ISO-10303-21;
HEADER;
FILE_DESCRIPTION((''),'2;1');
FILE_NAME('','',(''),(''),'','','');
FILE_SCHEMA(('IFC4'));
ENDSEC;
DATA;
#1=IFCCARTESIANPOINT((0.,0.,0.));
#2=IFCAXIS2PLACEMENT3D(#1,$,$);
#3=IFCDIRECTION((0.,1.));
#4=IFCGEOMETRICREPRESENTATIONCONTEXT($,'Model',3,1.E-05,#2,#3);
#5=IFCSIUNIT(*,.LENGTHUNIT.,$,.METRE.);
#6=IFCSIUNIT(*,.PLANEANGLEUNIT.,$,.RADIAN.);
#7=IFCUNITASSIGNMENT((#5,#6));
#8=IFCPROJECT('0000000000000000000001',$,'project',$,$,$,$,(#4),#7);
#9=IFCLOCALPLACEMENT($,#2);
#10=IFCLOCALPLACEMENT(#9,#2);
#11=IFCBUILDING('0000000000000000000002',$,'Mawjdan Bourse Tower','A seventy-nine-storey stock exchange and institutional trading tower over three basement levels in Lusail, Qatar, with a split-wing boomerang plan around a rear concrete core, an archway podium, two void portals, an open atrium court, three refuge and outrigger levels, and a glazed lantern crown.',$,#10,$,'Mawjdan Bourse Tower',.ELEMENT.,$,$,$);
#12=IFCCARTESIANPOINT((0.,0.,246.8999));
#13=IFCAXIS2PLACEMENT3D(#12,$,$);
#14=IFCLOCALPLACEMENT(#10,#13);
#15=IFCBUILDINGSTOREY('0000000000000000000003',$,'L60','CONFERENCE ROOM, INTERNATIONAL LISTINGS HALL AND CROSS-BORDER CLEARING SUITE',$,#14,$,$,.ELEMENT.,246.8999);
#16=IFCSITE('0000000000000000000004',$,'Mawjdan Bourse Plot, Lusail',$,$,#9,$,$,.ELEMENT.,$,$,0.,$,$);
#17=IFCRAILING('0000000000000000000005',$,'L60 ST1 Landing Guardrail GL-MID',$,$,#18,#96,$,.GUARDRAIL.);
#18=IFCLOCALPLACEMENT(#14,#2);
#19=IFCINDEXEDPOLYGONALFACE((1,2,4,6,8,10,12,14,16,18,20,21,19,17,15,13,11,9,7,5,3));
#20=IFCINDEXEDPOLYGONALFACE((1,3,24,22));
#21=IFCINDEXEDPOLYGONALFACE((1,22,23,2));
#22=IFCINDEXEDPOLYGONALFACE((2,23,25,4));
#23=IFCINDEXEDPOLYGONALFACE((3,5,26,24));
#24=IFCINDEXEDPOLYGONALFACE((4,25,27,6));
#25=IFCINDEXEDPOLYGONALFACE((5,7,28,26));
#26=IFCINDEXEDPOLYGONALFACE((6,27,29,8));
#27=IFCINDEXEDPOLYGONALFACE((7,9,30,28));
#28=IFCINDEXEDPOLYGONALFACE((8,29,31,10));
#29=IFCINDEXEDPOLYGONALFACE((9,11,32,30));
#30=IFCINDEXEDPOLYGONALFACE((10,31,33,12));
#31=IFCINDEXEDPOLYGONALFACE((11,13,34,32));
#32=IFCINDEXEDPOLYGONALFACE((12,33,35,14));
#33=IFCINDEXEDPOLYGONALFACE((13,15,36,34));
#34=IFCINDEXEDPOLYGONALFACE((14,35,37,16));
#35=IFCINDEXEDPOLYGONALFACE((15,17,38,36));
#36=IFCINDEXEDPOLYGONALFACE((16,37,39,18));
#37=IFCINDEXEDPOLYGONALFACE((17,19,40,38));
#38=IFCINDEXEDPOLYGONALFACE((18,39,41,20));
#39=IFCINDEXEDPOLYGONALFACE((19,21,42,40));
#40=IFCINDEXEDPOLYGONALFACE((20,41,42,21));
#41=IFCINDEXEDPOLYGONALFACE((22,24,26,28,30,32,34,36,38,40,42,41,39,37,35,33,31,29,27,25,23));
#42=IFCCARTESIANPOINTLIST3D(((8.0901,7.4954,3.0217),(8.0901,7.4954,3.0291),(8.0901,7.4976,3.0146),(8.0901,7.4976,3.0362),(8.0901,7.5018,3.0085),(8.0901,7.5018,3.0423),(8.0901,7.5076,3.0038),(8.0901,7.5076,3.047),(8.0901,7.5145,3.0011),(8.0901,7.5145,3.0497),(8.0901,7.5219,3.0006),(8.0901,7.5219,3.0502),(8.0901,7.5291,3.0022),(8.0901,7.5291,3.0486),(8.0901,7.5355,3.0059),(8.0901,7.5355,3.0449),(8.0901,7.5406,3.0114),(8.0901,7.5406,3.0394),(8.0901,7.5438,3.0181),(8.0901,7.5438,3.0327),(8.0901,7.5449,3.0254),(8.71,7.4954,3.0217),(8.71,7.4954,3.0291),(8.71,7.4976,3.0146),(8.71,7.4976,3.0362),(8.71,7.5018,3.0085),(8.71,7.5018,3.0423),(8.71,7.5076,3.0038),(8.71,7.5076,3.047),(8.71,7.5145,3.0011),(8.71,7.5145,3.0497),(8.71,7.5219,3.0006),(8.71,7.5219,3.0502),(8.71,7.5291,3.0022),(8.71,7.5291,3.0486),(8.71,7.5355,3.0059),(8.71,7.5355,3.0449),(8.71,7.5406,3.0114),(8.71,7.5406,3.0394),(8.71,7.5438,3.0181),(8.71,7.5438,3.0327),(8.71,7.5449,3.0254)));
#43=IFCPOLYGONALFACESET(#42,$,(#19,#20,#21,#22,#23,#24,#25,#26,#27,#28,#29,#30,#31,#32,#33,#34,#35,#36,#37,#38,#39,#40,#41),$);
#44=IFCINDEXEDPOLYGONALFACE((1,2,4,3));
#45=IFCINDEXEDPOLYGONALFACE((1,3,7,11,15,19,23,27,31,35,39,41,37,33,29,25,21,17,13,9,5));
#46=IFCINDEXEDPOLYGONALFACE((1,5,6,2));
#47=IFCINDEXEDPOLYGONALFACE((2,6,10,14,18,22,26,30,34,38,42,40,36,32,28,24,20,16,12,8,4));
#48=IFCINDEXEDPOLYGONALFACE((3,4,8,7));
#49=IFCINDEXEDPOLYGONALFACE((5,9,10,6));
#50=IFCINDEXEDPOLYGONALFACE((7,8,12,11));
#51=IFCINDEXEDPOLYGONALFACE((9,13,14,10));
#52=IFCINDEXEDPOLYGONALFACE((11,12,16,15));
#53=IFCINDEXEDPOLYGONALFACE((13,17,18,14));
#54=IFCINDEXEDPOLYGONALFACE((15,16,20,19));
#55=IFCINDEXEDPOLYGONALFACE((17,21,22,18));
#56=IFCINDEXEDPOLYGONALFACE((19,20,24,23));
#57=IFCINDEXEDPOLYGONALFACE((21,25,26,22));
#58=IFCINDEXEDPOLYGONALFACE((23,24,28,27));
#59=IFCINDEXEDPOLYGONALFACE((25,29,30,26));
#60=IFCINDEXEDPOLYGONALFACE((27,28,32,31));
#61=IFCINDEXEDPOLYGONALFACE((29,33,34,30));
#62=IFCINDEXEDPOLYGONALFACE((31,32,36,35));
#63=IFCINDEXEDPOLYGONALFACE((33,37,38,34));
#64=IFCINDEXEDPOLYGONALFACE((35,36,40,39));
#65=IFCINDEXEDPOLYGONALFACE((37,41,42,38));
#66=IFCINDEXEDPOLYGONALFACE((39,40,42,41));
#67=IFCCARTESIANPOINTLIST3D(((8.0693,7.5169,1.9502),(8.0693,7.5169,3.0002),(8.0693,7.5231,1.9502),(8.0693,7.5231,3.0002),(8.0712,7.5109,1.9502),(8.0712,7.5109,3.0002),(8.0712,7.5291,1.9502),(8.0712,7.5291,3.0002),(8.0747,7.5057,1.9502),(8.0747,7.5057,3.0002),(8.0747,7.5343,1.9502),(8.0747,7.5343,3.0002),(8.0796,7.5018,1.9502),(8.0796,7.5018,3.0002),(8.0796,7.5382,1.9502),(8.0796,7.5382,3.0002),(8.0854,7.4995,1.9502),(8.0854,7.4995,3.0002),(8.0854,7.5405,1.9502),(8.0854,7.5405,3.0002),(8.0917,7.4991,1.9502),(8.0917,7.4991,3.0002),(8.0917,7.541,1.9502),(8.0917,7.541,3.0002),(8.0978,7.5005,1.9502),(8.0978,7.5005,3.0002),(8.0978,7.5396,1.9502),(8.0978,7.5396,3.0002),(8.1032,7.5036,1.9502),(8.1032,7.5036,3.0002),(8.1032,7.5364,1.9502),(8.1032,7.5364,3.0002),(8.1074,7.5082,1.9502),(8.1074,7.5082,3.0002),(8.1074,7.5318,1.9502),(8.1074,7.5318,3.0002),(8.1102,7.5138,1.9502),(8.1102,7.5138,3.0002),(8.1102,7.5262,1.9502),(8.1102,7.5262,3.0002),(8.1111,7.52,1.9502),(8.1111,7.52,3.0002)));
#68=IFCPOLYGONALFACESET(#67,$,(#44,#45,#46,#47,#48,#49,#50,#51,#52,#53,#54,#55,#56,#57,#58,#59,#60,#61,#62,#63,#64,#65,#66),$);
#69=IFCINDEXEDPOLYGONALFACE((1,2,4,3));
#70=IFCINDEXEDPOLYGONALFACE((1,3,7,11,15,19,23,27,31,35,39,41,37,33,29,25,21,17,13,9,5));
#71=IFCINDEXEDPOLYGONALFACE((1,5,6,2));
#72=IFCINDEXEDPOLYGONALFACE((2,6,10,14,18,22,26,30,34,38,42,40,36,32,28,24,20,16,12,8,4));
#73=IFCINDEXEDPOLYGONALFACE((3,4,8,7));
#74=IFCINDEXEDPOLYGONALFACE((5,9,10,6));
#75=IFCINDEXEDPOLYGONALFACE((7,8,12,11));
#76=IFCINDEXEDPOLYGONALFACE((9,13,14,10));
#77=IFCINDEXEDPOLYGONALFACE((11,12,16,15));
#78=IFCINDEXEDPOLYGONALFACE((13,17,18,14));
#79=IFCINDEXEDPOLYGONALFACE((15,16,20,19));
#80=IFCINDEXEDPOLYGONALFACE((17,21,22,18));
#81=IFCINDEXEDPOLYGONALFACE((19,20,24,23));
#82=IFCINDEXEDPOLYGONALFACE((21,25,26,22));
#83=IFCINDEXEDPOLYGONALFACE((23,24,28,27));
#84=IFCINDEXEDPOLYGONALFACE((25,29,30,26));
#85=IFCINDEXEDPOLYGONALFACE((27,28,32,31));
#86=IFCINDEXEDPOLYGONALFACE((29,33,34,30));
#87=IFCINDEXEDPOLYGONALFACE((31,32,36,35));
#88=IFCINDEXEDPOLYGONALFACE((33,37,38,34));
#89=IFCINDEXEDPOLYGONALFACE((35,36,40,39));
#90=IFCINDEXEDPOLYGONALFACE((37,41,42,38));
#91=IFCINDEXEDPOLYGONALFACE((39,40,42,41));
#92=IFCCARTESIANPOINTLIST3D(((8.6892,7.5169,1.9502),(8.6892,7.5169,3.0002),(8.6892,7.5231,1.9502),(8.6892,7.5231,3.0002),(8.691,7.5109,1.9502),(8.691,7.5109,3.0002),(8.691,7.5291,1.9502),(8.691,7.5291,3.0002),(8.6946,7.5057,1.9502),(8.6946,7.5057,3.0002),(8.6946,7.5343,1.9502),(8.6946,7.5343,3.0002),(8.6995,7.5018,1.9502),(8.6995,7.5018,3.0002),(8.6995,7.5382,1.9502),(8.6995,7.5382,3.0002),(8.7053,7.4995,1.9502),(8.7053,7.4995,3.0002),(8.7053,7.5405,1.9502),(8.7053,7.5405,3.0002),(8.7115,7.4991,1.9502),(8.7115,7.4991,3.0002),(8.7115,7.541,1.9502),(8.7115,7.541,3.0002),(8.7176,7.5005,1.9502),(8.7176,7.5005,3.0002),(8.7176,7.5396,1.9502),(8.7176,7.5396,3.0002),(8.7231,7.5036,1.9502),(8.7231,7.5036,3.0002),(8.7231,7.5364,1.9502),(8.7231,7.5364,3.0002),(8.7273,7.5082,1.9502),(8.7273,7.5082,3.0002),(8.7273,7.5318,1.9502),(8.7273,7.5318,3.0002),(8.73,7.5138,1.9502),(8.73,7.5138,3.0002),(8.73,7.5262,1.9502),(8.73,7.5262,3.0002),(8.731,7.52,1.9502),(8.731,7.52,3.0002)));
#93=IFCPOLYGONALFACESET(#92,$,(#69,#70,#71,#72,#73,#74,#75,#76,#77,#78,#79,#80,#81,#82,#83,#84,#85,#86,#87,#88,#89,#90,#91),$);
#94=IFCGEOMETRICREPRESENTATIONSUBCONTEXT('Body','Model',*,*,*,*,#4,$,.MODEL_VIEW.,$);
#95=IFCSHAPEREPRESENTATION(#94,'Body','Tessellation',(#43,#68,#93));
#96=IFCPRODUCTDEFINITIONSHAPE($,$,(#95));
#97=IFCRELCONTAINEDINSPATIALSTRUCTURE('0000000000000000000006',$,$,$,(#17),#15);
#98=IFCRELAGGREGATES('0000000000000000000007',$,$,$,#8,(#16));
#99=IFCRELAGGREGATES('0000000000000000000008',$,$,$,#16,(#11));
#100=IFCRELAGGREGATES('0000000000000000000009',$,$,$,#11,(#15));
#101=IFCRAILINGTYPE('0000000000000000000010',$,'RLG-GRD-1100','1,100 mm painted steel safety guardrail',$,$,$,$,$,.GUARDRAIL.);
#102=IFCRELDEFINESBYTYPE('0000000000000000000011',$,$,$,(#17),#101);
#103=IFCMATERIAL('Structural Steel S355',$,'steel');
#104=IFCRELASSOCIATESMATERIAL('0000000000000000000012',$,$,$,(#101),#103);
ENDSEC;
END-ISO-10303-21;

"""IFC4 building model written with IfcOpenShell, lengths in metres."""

from ifc_helpers import new_model, si_unit, direction, frame, origin, origin_2d, place, context, subcontext, project, spatial, circle, extrude, material, type_object, element, save


model = new_model("IFC4")

# Units and contexts
model_context = context("Model", 3, precision=1e-05, world=origin(), true_north=direction((0.0, 1.0)))
body_context = subcontext(model_context, "Body", "Model", "MODEL_VIEW")
ifc_project = project(units=[si_unit("LENGTHUNIT", "METRE"), si_unit("PLANEANGLEUNIT", "RADIAN")], contexts=[model_context])

# Site, building, storey
site_placement = place(None, origin())
site = spatial("IfcSite", under=ifc_project, at=site_placement, Name="Mawjdan Bourse Plot, Lusail", CompositionType="ELEMENT", RefElevation=0.0)
building_placement = place(site_placement, origin())
building = spatial("IfcBuilding", under=site, at=building_placement, Name="Mawjdan Bourse Tower", Description="A seventy-nine-storey stock exchange and institutional trading tower over three basement levels in Lusail, Qatar, with a split-wing boomerang plan around a rear concrete core, an archway podium, two void portals, an open atrium court, three refuge and outrigger levels, and a glazed lantern crown.", LongName="Mawjdan Bourse Tower", CompositionType="ELEMENT")
storey_placement = place(building_placement, frame((0.0, 0.0, 246.8999)))
storey = spatial("IfcBuildingStorey", under=building, at=storey_placement, Name="L60", Description="CONFERENCE ROOM, INTERNATIONAL LISTINGS HALL AND CROSS-BORDER CLEARING SUITE", CompositionType="ELEMENT", Elevation=246.8999)

# Shared definitions
ifc_material_1 = material(Name="Structural Steel S355", Category="steel")

# Railing
railing_type_1 = type_object("IfcRailingType", Name="RLG-GRD-1100", Description="1,100 mm painted steel safety guardrail", PredefinedType="GUARDRAIL", material=ifc_material_1)
railing_1_placement = place(storey_placement, frame((8.0901, 7.52, 1.9502)))
element("IfcRailing", 1, at=railing_1_placement, inside=storey, type_object=railing_type_1, Name="L60 ST1 Landing Guardrail GL-MID", PredefinedType="GUARDRAIL", context=body_context, shape_type="SweptSolid", body=[
    extrude(circle(Radius=0.0249, at=origin_2d()), frame((0.0, 0.0, 1.0752), z_axis=(1.0, 0.0, 0.0), x_axis=(0.0, 1.0, 0.0)), (0.0, 0.0, 1.0), 0.6199),
    extrude(circle(Radius=0.021, at=origin_2d()), origin(), (0.0, 0.0, 1.0), 1.05),
    extrude(circle(Radius=0.021, at=origin_2d()), frame((0.6199, 0.0, 0.0)), (0.0, 0.0, 1.0), 1.05),
])

save(model, "model.ifc")
